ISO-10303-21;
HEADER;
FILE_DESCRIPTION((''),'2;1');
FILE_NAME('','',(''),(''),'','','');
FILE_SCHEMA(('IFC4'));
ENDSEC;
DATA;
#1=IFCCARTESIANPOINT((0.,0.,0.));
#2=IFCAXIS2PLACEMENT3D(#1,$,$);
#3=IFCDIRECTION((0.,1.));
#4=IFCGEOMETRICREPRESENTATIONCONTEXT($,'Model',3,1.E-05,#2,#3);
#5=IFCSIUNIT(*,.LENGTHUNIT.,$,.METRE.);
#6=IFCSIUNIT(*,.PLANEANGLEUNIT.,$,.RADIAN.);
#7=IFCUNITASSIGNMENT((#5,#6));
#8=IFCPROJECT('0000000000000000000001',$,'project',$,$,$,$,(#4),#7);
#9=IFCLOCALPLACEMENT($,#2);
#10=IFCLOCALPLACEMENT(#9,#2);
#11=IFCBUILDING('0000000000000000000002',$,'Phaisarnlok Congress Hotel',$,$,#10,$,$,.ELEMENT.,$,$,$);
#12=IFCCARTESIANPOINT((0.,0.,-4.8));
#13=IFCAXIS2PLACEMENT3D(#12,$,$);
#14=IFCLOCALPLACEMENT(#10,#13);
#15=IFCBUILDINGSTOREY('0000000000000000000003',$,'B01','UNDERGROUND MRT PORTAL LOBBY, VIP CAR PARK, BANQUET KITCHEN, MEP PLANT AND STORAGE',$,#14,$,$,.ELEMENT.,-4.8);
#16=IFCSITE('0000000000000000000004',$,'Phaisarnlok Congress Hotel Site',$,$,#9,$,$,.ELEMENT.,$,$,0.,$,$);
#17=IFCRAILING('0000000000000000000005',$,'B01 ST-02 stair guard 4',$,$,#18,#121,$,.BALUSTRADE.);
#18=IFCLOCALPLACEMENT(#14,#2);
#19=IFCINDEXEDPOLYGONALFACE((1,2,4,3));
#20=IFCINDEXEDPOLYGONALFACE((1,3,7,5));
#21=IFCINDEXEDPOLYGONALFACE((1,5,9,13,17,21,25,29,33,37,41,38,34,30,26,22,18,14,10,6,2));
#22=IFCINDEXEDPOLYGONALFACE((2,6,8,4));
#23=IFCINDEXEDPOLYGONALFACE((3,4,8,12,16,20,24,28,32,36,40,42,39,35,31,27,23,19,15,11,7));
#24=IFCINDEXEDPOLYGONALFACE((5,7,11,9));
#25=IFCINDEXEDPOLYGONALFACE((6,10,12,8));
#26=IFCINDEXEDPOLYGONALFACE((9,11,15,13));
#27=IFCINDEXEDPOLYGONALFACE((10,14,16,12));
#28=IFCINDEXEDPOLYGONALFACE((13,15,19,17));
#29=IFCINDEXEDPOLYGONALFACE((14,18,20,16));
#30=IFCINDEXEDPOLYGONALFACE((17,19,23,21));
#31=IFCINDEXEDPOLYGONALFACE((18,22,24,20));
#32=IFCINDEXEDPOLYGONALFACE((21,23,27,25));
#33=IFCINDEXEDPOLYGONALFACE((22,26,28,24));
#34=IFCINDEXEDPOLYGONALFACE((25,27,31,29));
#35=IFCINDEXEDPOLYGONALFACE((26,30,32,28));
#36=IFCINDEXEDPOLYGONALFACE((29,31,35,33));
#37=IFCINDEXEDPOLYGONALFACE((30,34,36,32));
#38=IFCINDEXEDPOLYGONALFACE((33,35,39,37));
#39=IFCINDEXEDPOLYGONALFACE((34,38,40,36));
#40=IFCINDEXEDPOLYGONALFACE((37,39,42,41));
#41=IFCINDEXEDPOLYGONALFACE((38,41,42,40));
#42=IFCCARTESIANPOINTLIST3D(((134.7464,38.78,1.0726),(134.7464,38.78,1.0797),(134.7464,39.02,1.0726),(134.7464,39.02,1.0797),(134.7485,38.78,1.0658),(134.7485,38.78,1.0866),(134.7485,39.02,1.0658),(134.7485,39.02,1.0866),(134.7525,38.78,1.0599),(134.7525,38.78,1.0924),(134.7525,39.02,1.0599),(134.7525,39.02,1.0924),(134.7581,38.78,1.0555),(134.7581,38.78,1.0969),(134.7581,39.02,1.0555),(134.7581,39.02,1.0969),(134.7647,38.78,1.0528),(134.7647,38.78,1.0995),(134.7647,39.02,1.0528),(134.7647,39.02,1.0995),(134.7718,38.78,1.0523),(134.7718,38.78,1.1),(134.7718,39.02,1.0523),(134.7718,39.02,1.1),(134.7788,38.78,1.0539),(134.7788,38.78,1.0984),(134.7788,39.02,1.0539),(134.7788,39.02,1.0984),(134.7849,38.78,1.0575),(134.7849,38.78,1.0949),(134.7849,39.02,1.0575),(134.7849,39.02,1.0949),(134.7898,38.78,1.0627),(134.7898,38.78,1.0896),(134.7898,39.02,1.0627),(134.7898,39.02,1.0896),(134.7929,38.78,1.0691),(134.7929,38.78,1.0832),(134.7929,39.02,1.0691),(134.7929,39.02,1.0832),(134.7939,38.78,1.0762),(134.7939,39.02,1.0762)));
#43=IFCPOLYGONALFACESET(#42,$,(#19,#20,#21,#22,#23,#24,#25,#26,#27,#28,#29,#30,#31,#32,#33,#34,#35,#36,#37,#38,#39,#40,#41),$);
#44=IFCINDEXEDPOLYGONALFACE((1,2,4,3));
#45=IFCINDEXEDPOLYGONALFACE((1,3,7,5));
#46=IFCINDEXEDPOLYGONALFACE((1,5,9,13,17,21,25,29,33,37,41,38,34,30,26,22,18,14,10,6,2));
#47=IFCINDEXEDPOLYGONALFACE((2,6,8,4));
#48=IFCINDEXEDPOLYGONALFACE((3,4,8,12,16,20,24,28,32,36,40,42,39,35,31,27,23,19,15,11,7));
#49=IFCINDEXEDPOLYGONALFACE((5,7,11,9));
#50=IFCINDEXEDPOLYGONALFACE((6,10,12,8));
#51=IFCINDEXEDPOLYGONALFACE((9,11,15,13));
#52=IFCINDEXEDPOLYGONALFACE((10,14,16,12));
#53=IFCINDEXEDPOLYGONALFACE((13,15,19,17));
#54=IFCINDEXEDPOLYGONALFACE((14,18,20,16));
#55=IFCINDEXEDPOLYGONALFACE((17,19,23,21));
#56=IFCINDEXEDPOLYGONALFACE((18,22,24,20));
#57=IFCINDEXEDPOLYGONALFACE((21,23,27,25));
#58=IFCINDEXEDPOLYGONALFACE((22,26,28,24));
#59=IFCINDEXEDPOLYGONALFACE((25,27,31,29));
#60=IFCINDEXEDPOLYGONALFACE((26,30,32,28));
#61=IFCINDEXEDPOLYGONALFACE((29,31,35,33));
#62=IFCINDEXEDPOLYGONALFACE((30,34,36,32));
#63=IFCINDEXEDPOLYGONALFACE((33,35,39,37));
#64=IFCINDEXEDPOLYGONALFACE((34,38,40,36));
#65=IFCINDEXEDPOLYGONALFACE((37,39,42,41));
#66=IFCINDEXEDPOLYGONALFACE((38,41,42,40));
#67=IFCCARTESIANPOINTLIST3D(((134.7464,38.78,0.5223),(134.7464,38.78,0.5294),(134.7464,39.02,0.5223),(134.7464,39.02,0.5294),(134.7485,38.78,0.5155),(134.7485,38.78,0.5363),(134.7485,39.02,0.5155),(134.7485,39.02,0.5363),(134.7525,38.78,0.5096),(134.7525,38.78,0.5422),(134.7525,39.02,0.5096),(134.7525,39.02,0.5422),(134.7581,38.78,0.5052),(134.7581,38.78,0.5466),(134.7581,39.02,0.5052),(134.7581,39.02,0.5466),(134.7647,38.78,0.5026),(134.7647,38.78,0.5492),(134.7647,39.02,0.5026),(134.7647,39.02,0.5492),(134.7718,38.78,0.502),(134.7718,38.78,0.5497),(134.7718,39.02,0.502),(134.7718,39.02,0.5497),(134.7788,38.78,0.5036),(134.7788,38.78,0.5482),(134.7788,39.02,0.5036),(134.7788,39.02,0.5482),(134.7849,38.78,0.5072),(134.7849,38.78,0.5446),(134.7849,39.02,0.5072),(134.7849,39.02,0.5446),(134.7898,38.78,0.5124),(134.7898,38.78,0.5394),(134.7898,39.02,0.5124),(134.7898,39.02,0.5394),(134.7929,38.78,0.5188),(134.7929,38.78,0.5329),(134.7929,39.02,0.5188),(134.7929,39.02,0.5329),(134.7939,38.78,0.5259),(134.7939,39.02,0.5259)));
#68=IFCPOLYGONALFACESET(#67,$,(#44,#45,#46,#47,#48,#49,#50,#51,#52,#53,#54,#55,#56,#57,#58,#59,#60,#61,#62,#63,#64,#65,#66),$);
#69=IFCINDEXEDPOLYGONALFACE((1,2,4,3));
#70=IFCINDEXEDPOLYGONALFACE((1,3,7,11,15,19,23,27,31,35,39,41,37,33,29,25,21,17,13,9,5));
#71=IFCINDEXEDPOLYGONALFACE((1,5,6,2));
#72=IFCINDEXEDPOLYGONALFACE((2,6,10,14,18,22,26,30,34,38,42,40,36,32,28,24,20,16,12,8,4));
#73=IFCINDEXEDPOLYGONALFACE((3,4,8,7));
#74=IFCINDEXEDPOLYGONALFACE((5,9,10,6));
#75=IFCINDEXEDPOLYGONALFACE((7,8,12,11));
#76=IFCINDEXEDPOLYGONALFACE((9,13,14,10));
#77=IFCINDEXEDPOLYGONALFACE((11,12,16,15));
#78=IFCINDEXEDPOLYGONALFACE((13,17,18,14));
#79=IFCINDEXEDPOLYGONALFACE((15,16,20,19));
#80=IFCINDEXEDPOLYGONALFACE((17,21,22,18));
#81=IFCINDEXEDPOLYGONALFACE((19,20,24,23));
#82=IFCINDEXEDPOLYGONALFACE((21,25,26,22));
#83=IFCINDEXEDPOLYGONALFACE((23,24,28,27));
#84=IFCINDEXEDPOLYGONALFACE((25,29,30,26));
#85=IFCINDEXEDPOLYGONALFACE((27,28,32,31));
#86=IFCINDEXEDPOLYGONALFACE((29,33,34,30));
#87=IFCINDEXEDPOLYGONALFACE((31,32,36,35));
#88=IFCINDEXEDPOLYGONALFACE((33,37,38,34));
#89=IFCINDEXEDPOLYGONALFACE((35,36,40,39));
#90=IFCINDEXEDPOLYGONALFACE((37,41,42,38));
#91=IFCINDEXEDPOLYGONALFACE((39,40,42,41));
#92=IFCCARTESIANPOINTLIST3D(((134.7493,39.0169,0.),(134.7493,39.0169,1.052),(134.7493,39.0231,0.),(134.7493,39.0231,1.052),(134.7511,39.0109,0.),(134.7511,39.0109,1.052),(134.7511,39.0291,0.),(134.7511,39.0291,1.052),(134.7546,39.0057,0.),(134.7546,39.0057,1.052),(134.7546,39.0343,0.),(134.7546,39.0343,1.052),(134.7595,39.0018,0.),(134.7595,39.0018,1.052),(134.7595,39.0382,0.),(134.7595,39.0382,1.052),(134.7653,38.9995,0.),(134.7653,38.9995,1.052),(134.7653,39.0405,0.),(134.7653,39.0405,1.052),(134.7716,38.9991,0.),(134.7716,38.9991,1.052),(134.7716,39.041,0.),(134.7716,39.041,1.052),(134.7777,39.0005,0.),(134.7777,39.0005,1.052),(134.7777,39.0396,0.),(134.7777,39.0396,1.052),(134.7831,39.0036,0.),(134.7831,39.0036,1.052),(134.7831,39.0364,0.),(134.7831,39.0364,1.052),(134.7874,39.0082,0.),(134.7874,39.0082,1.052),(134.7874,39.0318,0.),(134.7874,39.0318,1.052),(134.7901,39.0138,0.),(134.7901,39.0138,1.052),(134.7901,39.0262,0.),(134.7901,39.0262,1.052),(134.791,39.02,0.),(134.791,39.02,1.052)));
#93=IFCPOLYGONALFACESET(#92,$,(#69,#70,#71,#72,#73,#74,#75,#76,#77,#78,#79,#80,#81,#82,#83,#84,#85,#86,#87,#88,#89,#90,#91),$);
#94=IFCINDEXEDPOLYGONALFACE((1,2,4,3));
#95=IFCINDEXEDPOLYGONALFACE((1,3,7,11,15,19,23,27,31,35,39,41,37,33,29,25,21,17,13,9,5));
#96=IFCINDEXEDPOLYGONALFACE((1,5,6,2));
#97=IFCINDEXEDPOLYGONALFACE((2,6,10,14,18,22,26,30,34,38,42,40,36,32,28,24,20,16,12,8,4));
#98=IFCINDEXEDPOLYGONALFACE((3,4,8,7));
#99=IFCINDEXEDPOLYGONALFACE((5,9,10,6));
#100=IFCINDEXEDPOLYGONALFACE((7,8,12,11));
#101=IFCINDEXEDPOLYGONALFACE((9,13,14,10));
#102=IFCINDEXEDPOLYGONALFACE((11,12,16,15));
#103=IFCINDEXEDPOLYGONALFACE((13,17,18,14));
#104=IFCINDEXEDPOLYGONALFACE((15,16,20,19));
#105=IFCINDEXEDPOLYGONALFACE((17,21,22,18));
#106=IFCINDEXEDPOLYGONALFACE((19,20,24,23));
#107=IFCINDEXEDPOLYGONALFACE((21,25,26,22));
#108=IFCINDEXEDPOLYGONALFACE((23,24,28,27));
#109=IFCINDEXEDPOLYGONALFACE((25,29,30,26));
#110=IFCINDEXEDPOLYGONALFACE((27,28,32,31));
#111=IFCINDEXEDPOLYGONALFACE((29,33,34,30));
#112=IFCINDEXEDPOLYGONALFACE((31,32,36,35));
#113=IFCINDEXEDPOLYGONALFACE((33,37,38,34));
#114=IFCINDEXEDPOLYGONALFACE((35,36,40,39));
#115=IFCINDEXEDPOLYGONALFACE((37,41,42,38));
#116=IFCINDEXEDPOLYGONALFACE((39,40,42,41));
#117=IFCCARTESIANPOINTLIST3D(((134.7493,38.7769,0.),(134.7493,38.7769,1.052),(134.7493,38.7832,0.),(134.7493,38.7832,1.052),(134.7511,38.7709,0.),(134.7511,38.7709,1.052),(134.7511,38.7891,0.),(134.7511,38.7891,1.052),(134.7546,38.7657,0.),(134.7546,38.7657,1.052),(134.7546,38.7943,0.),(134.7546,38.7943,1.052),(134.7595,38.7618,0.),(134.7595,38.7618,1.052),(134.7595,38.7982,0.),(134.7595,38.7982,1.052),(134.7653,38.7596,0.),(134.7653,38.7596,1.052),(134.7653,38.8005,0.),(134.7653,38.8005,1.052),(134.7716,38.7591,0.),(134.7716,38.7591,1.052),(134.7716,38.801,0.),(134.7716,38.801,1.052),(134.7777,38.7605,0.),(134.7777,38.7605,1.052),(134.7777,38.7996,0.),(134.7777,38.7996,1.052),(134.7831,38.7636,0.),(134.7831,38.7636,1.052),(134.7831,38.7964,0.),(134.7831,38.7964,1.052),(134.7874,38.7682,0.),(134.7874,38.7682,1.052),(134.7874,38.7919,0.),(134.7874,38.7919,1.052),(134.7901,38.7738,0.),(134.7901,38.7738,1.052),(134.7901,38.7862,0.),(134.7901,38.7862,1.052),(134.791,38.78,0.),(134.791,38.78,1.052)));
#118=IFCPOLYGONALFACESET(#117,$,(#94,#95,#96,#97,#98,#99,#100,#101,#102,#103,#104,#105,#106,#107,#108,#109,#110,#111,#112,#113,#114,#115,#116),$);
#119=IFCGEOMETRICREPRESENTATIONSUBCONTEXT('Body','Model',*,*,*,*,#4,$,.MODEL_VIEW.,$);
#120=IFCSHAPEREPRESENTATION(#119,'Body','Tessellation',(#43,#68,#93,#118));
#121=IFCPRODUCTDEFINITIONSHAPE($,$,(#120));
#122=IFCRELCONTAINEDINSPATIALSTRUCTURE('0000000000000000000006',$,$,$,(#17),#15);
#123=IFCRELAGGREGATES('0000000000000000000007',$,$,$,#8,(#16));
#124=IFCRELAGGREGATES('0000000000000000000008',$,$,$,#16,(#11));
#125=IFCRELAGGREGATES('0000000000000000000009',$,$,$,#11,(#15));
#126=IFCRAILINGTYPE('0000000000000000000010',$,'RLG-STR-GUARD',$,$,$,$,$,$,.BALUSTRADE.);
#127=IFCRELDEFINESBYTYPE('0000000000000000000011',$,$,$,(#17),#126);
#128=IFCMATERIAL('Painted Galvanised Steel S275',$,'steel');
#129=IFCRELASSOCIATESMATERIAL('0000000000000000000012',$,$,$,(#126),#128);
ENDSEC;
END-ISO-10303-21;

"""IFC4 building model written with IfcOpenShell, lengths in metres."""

from ifc_helpers import new_model, si_unit, direction, frame, origin, origin_2d, place, context, subcontext, project, spatial, circle, extrude, material, type_object, element, save


model = new_model("IFC4")

# Units and contexts
model_context = context("Model", 3, precision=1e-05, world=origin(), true_north=direction((0.0, 1.0)))
body_context = subcontext(model_context, "Body", "Model", "MODEL_VIEW")
ifc_project = project(units=[si_unit("LENGTHUNIT", "METRE"), si_unit("PLANEANGLEUNIT", "RADIAN")], contexts=[model_context])

# Site, building, storey
site_placement = place(None, origin())
site = spatial("IfcSite", under=ifc_project, at=site_placement, Name="Phaisarnlok Congress Hotel Site", CompositionType="ELEMENT", RefElevation=0.0)
building_placement = place(site_placement, origin())
building = spatial("IfcBuilding", under=site, at=building_placement, Name="Phaisarnlok Congress Hotel", CompositionType="ELEMENT")
storey_placement = place(building_placement, frame((0.0, 0.0, -4.8)))
storey = spatial("IfcBuildingStorey", under=building, at=storey_placement, Name="B01", Description="UNDERGROUND MRT PORTAL LOBBY, VIP CAR PARK, BANQUET KITCHEN, MEP PLANT AND STORAGE", CompositionType="ELEMENT", Elevation=-4.8)

# Railing
ifc_material_1 = material(Name="Painted Galvanised Steel S275", Category="steel")
railing_type_1 = type_object("IfcRailingType", Name="RLG-STR-GUARD", PredefinedType="BALUSTRADE", material=ifc_material_1)
railing_1_placement = place(storey_placement, frame((134.77, 39.02, 0.0)))
element("IfcRailing", 1, at=railing_1_placement, inside=storey, type_object=railing_type_1, Name="B01 ST-02 stair guard 4", PredefinedType="BALUSTRADE", context=body_context, shape_type="SweptSolid", body=[
    extrude(circle(Radius=0.0239, at=origin_2d()), frame((0.0, 0.0, 1.0762), z_axis=(0.0, -1.0, 0.0), x_axis=(1.0, 0.0, 0.0)), (0.0, 0.0, 1.0), 0.24),
    extrude(circle(Radius=0.0239, at=origin_2d()), frame((0.0, 0.0, 0.5259), z_axis=(0.0, -1.0, 0.0), x_axis=(1.0, 0.0, 0.0)), (0.0, 0.0, 1.0), 0.24),
    extrude(circle(Radius=0.021, at=origin_2d()), origin(), (0.0, 0.0, 1.0), 1.052),
    extrude(circle(Radius=0.021, at=origin_2d()), frame((0.0, -0.24, 0.0)), (0.0, 0.0, 1.0), 1.052),
])

save(model, "model.ifc")
